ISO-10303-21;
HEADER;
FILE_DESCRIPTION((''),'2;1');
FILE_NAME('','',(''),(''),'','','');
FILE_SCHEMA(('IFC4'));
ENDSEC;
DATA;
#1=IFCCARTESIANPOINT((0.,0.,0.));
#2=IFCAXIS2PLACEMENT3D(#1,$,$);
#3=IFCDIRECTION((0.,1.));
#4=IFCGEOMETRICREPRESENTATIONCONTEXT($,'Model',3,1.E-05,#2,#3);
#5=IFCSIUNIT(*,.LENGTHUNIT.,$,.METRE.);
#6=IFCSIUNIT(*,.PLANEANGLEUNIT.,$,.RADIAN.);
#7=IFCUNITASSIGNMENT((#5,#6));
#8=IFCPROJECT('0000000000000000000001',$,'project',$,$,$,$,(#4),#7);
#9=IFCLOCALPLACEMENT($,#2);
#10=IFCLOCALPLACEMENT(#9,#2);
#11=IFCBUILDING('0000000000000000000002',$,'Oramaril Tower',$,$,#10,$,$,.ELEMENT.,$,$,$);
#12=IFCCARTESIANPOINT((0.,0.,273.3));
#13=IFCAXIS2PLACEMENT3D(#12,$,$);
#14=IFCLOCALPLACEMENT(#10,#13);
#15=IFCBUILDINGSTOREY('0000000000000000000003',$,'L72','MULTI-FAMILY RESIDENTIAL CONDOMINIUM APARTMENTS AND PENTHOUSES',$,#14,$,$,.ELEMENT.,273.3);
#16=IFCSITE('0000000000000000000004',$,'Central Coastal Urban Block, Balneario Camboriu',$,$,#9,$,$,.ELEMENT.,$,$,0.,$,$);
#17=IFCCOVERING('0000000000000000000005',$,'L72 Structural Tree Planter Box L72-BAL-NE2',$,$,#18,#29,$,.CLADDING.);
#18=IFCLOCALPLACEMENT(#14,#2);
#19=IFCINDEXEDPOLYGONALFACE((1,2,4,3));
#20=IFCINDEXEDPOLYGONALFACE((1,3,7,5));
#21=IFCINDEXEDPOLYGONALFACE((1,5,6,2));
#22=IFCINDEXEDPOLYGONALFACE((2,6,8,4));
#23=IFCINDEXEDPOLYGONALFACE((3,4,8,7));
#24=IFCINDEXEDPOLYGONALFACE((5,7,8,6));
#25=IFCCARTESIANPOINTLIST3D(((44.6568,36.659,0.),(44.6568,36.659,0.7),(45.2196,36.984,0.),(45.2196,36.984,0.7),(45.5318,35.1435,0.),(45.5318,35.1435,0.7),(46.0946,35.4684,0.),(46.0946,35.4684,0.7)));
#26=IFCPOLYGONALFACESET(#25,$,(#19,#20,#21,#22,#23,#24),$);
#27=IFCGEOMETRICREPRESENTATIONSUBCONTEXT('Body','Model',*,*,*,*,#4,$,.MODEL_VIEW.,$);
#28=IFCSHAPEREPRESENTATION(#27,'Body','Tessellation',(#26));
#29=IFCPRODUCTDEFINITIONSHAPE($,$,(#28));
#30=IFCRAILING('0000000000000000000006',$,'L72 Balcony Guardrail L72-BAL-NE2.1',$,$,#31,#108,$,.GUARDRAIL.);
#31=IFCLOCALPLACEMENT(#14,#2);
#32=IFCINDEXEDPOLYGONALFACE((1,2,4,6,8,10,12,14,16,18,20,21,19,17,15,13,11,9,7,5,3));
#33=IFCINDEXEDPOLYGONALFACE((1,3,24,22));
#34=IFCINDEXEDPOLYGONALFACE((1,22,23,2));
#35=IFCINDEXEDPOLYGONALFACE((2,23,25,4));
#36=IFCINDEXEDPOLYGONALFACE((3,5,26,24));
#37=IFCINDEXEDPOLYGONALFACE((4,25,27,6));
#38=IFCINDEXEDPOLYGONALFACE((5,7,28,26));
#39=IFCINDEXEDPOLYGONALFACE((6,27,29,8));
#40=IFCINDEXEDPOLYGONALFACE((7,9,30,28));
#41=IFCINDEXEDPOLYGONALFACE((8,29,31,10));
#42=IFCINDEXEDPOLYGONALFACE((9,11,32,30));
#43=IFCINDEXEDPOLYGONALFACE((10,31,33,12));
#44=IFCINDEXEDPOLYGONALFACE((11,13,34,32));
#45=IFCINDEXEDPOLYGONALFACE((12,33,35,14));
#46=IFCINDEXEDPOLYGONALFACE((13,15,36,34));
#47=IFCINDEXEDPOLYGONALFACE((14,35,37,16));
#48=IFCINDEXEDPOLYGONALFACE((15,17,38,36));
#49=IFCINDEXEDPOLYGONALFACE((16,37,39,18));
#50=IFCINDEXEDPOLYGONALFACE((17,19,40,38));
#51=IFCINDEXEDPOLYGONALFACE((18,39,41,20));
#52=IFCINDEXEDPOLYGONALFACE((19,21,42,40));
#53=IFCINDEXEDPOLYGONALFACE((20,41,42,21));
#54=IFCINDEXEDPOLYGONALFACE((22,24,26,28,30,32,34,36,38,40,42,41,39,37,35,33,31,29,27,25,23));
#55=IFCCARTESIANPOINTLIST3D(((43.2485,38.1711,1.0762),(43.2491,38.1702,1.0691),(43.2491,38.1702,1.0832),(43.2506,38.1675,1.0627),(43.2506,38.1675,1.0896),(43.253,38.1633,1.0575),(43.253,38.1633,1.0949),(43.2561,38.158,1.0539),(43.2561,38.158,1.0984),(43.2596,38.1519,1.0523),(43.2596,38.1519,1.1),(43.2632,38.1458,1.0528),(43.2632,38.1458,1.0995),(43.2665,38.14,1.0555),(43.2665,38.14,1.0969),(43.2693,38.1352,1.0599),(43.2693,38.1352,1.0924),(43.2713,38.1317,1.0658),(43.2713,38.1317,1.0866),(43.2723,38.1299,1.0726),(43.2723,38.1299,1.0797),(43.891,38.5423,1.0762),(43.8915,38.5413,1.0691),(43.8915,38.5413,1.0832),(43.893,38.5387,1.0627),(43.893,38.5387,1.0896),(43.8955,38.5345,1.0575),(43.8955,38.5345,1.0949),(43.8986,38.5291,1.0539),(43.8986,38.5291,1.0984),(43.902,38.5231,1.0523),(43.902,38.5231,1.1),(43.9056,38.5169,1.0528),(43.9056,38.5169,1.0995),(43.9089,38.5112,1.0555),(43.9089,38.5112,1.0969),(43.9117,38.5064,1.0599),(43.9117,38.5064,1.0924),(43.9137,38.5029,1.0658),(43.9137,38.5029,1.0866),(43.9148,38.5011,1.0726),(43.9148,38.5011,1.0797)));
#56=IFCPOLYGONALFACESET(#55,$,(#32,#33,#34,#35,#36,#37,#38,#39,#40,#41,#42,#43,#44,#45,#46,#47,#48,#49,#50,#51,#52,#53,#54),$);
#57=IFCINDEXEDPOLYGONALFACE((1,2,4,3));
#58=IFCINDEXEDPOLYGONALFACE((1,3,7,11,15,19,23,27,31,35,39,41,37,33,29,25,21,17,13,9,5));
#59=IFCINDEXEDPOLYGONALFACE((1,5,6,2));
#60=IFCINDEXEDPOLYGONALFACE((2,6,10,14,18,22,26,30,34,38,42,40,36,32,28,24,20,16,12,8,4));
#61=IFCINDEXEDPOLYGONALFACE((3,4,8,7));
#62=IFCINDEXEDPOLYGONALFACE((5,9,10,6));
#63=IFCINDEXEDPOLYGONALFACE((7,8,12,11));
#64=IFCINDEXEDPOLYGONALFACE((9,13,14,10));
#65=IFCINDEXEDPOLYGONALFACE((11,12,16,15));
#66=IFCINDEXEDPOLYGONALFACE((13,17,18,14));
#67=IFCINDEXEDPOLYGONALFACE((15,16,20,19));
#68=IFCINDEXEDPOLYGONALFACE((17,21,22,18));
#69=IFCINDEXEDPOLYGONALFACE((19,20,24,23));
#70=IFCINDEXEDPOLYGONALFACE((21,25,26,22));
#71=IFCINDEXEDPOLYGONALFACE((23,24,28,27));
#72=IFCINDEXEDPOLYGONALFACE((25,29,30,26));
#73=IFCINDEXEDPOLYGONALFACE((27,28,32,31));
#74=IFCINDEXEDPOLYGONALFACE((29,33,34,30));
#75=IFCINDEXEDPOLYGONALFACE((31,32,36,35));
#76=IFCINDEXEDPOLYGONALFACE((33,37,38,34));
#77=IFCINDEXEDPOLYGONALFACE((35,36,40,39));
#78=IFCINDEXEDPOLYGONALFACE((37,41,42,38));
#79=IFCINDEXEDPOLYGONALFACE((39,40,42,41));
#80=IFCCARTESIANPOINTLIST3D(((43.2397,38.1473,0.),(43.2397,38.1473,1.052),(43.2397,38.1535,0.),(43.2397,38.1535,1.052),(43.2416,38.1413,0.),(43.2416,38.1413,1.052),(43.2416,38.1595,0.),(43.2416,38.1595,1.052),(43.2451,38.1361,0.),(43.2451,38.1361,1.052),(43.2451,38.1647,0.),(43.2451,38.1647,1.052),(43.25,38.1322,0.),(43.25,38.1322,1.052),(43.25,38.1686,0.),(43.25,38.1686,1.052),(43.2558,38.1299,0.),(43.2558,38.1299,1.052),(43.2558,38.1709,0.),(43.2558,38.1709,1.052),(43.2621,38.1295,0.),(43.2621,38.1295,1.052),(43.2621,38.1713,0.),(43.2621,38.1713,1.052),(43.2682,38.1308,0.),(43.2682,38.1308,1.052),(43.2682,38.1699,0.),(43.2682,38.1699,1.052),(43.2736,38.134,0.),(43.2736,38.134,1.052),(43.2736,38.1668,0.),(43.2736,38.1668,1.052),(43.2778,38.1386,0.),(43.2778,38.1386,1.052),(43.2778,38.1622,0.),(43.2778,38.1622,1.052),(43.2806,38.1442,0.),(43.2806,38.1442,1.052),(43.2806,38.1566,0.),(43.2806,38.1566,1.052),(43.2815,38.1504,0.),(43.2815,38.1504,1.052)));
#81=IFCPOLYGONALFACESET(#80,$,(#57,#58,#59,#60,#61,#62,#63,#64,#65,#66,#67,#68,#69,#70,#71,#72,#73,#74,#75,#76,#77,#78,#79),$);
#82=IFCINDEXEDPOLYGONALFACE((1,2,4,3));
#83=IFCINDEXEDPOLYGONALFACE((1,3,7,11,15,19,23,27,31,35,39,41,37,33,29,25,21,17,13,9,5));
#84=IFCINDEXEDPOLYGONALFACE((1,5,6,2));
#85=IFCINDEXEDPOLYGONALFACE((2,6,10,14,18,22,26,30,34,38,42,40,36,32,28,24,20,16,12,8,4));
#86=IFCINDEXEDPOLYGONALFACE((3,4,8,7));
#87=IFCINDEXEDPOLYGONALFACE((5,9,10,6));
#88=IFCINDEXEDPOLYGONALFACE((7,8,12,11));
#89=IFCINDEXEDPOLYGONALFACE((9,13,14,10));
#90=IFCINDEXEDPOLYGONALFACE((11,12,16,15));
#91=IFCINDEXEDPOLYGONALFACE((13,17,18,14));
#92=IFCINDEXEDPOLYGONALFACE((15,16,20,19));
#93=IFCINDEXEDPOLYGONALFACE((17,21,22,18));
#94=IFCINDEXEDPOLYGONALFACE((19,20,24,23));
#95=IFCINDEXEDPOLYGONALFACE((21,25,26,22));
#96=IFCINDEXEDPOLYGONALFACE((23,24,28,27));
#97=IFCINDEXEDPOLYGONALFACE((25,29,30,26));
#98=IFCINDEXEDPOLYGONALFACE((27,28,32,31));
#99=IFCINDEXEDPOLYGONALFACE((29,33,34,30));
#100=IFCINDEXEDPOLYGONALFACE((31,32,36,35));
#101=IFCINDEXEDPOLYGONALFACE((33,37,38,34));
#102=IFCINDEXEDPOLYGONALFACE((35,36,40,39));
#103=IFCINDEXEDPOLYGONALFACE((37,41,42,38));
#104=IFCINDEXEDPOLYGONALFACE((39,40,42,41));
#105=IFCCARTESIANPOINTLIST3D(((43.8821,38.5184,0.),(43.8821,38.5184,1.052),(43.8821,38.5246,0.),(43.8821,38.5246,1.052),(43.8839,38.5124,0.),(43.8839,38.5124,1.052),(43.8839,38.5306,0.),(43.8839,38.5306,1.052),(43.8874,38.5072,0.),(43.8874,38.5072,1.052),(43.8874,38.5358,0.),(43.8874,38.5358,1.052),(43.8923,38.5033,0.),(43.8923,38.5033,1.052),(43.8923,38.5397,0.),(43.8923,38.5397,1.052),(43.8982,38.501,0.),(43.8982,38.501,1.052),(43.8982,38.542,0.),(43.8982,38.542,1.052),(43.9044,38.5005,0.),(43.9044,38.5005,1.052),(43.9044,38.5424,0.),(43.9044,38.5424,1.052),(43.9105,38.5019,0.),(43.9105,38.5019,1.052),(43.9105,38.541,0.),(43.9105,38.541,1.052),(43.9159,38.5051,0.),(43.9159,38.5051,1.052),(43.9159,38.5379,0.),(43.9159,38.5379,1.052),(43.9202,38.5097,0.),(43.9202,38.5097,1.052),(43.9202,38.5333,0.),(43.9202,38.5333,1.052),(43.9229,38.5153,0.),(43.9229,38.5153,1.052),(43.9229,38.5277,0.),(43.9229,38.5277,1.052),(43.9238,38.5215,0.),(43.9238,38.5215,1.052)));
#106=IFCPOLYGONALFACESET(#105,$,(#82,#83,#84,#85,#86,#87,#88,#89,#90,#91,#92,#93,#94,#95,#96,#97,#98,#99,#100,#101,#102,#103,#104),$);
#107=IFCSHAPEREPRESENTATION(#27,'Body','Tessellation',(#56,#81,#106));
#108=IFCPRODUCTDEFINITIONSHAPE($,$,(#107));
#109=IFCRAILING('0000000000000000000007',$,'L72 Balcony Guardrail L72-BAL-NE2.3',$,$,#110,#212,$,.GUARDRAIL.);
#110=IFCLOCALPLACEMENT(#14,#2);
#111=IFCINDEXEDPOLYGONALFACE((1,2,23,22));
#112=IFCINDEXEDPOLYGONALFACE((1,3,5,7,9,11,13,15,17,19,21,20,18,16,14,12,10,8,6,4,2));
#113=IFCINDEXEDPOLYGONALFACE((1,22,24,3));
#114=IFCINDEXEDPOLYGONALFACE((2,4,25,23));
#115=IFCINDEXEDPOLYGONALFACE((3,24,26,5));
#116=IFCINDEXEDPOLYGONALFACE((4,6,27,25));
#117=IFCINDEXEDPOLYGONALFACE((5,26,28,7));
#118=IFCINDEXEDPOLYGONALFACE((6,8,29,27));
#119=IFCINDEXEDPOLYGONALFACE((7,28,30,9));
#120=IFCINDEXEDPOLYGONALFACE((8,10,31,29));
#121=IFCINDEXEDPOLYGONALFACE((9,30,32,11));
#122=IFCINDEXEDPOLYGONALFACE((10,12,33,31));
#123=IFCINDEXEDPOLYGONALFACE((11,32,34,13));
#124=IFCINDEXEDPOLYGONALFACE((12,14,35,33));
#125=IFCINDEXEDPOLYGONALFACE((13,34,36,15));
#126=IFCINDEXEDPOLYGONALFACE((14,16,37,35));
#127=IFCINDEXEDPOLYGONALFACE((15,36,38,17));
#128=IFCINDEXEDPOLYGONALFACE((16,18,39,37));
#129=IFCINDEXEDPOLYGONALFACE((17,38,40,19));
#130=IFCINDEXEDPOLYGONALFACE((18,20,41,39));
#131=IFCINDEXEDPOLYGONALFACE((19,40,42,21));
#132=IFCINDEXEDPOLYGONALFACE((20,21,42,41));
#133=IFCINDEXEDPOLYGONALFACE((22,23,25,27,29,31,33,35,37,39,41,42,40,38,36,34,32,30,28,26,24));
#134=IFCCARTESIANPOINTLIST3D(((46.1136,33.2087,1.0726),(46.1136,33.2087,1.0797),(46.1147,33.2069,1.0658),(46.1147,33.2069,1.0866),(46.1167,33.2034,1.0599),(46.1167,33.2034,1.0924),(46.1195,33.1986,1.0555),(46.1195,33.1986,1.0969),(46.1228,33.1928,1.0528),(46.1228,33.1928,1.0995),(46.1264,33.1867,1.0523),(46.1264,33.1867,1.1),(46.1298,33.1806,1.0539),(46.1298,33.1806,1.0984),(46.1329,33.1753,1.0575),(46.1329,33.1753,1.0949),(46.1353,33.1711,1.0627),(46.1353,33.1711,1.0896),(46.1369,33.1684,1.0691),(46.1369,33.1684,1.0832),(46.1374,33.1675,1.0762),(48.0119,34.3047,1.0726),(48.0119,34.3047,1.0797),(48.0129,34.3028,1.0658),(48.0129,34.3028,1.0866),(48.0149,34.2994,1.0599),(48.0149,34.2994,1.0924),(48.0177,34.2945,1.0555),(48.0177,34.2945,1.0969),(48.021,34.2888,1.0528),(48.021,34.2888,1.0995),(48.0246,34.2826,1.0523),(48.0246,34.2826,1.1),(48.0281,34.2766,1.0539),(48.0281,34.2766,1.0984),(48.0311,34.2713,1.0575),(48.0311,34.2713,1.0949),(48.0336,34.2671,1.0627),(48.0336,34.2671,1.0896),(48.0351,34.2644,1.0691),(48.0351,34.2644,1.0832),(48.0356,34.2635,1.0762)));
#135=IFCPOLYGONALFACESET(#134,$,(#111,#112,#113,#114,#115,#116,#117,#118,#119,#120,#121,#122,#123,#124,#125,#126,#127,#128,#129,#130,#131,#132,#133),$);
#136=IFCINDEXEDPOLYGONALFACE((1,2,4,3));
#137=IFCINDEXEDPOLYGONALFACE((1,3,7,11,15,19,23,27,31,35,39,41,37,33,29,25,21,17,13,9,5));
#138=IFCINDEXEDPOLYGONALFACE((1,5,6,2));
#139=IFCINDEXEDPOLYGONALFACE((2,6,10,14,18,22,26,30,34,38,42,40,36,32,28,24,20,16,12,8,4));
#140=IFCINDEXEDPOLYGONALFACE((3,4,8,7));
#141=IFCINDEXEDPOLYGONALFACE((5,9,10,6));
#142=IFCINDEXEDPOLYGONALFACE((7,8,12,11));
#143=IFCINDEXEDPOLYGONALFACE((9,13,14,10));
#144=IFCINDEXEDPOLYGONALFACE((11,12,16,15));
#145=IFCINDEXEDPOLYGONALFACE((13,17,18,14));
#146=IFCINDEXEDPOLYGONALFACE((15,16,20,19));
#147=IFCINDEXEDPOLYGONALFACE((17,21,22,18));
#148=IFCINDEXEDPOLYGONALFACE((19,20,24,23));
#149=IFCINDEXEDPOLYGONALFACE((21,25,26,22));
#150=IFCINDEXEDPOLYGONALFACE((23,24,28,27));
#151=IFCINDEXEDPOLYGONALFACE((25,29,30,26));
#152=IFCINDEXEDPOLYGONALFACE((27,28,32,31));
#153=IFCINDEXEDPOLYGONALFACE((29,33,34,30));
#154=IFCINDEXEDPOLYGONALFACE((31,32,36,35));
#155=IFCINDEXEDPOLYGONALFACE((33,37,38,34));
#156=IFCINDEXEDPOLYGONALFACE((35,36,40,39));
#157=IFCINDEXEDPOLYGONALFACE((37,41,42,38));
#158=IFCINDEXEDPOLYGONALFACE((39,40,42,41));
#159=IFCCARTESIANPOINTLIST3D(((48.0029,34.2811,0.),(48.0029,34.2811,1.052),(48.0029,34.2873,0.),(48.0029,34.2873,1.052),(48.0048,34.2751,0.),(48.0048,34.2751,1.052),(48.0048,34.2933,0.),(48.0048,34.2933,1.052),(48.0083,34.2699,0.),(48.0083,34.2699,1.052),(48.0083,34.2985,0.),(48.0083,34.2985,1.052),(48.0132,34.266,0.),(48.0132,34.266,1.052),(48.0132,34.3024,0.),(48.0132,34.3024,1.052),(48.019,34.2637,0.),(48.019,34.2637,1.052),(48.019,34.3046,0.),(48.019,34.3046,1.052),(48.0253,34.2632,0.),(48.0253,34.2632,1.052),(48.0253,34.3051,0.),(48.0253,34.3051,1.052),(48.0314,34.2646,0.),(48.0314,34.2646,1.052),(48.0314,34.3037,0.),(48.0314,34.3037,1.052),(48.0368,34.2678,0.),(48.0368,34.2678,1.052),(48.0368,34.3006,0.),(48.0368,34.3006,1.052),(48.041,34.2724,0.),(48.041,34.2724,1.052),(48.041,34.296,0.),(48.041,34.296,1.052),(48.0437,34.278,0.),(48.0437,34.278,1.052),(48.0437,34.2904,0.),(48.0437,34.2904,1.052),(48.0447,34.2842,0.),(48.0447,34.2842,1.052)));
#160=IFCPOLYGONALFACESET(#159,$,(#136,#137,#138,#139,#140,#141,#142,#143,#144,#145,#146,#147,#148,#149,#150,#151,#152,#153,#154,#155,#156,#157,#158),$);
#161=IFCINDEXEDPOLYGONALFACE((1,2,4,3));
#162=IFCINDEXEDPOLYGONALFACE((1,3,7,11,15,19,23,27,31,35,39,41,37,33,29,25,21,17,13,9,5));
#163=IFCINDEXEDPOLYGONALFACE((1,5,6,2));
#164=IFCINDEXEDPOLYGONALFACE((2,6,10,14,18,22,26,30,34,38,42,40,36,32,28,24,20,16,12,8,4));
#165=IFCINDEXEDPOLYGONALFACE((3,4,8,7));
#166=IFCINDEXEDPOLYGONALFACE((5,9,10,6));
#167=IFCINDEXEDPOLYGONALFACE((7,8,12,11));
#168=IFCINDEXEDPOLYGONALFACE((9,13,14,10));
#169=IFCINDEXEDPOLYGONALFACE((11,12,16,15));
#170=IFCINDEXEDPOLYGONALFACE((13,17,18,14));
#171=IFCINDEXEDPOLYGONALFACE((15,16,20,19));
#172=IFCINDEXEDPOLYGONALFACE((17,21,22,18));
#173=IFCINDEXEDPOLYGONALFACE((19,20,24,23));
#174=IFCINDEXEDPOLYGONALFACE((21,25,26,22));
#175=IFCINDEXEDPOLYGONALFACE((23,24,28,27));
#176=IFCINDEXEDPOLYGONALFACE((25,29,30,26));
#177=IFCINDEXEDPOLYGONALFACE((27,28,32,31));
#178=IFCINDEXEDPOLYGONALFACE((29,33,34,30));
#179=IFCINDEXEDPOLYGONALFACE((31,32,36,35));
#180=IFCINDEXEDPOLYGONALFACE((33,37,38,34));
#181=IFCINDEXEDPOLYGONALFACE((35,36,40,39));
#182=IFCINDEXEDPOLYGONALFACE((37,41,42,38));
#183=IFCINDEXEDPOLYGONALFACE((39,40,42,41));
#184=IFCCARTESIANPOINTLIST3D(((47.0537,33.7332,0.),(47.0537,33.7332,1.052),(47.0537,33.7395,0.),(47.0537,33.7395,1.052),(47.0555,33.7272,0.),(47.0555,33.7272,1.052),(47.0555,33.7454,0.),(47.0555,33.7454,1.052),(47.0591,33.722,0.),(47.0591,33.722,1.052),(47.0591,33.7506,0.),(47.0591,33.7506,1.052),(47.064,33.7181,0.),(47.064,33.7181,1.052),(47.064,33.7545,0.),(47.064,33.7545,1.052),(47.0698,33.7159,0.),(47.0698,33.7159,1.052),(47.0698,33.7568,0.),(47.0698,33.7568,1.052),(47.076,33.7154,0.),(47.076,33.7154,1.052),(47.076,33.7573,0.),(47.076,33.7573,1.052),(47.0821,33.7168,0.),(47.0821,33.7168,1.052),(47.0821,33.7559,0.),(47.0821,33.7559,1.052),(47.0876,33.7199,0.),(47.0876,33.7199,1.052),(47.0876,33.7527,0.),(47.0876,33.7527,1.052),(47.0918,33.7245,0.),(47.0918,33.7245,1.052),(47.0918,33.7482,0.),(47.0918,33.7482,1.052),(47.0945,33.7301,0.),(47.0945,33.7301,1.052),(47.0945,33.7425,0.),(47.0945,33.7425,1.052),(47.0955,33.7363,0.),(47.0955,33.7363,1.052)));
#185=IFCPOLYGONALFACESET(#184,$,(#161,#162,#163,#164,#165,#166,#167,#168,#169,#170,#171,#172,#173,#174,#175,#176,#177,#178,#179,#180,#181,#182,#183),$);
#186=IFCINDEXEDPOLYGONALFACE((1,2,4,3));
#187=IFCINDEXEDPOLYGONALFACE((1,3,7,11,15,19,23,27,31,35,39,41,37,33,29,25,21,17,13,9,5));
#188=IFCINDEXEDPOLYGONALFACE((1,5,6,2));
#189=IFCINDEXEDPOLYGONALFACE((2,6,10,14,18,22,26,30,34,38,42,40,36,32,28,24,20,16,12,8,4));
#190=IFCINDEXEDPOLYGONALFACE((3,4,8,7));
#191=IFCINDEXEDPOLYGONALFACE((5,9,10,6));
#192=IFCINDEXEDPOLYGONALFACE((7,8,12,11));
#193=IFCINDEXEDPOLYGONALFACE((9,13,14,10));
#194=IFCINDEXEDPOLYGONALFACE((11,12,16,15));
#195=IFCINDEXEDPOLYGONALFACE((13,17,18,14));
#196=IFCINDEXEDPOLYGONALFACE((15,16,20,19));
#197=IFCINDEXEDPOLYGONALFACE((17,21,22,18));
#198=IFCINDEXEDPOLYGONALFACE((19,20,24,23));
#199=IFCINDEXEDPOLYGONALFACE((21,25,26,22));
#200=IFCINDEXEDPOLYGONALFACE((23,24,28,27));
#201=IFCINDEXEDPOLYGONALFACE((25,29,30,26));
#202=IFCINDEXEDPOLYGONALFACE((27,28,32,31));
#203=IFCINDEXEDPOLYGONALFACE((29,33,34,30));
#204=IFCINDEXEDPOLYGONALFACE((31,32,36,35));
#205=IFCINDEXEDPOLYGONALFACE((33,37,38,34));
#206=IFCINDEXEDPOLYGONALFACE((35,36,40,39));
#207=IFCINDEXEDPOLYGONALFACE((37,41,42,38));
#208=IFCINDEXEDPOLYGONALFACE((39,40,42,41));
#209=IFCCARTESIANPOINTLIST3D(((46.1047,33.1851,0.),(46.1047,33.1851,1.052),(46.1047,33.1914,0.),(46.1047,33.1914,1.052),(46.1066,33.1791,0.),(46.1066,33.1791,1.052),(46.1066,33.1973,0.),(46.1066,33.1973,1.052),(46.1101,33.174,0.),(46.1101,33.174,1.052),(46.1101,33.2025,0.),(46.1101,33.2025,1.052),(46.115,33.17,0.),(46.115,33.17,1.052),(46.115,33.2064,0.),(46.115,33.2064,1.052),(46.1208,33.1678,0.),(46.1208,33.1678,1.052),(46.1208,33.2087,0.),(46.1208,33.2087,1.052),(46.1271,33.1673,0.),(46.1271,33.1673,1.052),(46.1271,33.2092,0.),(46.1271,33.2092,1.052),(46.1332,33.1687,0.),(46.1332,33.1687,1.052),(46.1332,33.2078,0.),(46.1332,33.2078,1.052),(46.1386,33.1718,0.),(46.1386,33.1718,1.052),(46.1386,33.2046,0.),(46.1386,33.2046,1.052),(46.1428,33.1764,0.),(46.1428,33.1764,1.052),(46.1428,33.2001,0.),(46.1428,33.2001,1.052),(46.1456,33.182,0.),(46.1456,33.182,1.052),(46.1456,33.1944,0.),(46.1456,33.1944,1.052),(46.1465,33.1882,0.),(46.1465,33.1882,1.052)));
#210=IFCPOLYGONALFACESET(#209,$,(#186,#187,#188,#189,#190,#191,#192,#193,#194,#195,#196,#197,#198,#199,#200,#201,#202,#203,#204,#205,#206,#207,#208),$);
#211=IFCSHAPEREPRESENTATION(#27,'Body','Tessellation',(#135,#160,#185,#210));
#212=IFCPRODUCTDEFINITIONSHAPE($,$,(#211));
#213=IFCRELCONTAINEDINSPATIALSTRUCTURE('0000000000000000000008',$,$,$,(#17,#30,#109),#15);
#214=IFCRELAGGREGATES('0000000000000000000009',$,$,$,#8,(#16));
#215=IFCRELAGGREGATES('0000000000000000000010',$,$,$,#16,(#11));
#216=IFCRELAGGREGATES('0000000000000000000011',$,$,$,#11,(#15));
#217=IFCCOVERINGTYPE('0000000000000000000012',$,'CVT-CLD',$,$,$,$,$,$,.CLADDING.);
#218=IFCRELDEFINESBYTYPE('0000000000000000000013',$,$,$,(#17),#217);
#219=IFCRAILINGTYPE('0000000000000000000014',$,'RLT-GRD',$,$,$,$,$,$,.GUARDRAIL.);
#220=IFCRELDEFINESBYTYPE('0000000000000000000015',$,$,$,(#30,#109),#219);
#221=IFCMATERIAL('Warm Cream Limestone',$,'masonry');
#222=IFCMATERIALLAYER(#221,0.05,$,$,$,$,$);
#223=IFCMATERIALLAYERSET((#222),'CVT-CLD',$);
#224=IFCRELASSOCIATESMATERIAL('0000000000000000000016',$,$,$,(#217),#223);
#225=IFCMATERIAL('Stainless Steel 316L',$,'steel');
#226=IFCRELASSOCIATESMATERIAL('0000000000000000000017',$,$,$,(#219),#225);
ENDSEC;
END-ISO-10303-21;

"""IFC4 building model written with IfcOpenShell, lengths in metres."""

from ifc_helpers import new_model, si_unit, direction, frame, origin, origin_2d, place, context, subcontext, project, spatial, rectangle, circle, extrude, material, layer, layer_set, type_object, element, save


model = new_model("IFC4")

# Units and contexts
model_context = context("Model", 3, precision=1e-05, world=origin(), true_north=direction((0.0, 1.0)))
body_context = subcontext(model_context, "Body", "Model", "MODEL_VIEW")
ifc_project = project(units=[si_unit("LENGTHUNIT", "METRE"), si_unit("PLANEANGLEUNIT", "RADIAN")], contexts=[model_context])

# Site, building, storey
site_placement = place(None, origin())
site = spatial("IfcSite", under=ifc_project, at=site_placement, Name="Central Coastal Urban Block, Balneario Camboriu", CompositionType="ELEMENT", RefElevation=0.0)
building_placement = place(site_placement, origin())
building = spatial("IfcBuilding", under=site, at=building_placement, Name="Oramaril Tower", CompositionType="ELEMENT")
storey_placement = place(building_placement, frame((0.0, 0.0, 273.3)))
storey = spatial("IfcBuildingStorey", under=building, at=storey_placement, Name="L72", Description="MULTI-FAMILY RESIDENTIAL CONDOMINIUM APARTMENTS AND PENTHOUSES", CompositionType="ELEMENT", Elevation=273.3)

# Covering
ifc_material_1 = material(Name="Warm Cream Limestone", Category="masonry")
ifc_layer_1 = layer(ifc_material_1, 0.05)
ifc_layer_set_1 = layer_set([ifc_layer_1], Name="CVT-CLD")
covering_type = type_object("IfcCoveringType", Name="CVT-CLD", PredefinedType="CLADDING", material=ifc_layer_set_1)
covering_1_placement = place(storey_placement, frame((45.3757, 36.0637, 0.0), z_axis=(0.0, 0.0, 1.0), x_axis=(-0.499998, 0.866026, 0.0)))
element("IfcCovering", 1, at=covering_1_placement, inside=storey, type_object=covering_type, Name="L72 Structural Tree Planter Box L72-BAL-NE2", PredefinedType="CLADDING", context=body_context, shape_type="SweptSolid", body=[
    extrude(rectangle(XDim=1.75, YDim=0.6499, at=origin_2d()), origin(), (0.0, 0.0, 1.0), 0.7),
])

# Railings
ifc_material_2 = material(Name="Stainless Steel 316L", Category="steel")
railing_type = type_object("IfcRailingType", Name="RLT-GRD", PredefinedType="GUARDRAIL", material=ifc_material_2)
railing_1_placement = place(storey_placement, frame((43.2605, 38.1504, 0.0)))
element("IfcRailing", 2, at=railing_1_placement, inside=storey, type_object=railing_type, Name="L72 Balcony Guardrail L72-BAL-NE2.1", PredefinedType="GUARDRAIL", context=body_context, shape_type="SweptSolid", body=[
    extrude(circle(Radius=0.0239, at=origin_2d()), frame((0.0, 0.0, 1.0762), z_axis=(0.865884, 0.500245, 0.0), x_axis=(-0.500245, 0.865884, 0.0)), (0.0, 0.0, 1.0), 0.7419),
    extrude(circle(Radius=0.021, at=origin_2d()), origin(), (0.0, 0.0, 1.0), 1.052),
    extrude(circle(Radius=0.021, at=origin_2d()), frame((0.6423, 0.3711, 0.0)), (0.0, 0.0, 1.0), 1.052),
])
railing_2_placement = place(storey_placement, frame((48.0237, 34.2842, 0.0)))
element("IfcRailing", 3, at=railing_2_placement, inside=storey, type_object=railing_type, Name="L72 Balcony Guardrail L72-BAL-NE2.3", PredefinedType="GUARDRAIL", context=body_context, shape_type="SweptSolid", body=[
    extrude(circle(Radius=0.0239, at=origin_2d()), frame((0.0, 0.0, 1.0762), z_axis=(-0.866021, -0.500008, 0.0), x_axis=(0.500008, -0.866021, 0.0)), (0.0, 0.0, 1.0), 2.1919),
    extrude(circle(Radius=0.021, at=origin_2d()), origin(), (0.0, 0.0, 1.0), 1.052),
    extrude(circle(Radius=0.021, at=origin_2d()), frame((-0.9492, -0.5479, 0.0)), (0.0, 0.0, 1.0), 1.052),
    extrude(circle(Radius=0.021, at=origin_2d()), frame((-1.8982, -1.0959, 0.0)), (0.0, 0.0, 1.0), 1.052),
])

save(model, "model.ifc")
